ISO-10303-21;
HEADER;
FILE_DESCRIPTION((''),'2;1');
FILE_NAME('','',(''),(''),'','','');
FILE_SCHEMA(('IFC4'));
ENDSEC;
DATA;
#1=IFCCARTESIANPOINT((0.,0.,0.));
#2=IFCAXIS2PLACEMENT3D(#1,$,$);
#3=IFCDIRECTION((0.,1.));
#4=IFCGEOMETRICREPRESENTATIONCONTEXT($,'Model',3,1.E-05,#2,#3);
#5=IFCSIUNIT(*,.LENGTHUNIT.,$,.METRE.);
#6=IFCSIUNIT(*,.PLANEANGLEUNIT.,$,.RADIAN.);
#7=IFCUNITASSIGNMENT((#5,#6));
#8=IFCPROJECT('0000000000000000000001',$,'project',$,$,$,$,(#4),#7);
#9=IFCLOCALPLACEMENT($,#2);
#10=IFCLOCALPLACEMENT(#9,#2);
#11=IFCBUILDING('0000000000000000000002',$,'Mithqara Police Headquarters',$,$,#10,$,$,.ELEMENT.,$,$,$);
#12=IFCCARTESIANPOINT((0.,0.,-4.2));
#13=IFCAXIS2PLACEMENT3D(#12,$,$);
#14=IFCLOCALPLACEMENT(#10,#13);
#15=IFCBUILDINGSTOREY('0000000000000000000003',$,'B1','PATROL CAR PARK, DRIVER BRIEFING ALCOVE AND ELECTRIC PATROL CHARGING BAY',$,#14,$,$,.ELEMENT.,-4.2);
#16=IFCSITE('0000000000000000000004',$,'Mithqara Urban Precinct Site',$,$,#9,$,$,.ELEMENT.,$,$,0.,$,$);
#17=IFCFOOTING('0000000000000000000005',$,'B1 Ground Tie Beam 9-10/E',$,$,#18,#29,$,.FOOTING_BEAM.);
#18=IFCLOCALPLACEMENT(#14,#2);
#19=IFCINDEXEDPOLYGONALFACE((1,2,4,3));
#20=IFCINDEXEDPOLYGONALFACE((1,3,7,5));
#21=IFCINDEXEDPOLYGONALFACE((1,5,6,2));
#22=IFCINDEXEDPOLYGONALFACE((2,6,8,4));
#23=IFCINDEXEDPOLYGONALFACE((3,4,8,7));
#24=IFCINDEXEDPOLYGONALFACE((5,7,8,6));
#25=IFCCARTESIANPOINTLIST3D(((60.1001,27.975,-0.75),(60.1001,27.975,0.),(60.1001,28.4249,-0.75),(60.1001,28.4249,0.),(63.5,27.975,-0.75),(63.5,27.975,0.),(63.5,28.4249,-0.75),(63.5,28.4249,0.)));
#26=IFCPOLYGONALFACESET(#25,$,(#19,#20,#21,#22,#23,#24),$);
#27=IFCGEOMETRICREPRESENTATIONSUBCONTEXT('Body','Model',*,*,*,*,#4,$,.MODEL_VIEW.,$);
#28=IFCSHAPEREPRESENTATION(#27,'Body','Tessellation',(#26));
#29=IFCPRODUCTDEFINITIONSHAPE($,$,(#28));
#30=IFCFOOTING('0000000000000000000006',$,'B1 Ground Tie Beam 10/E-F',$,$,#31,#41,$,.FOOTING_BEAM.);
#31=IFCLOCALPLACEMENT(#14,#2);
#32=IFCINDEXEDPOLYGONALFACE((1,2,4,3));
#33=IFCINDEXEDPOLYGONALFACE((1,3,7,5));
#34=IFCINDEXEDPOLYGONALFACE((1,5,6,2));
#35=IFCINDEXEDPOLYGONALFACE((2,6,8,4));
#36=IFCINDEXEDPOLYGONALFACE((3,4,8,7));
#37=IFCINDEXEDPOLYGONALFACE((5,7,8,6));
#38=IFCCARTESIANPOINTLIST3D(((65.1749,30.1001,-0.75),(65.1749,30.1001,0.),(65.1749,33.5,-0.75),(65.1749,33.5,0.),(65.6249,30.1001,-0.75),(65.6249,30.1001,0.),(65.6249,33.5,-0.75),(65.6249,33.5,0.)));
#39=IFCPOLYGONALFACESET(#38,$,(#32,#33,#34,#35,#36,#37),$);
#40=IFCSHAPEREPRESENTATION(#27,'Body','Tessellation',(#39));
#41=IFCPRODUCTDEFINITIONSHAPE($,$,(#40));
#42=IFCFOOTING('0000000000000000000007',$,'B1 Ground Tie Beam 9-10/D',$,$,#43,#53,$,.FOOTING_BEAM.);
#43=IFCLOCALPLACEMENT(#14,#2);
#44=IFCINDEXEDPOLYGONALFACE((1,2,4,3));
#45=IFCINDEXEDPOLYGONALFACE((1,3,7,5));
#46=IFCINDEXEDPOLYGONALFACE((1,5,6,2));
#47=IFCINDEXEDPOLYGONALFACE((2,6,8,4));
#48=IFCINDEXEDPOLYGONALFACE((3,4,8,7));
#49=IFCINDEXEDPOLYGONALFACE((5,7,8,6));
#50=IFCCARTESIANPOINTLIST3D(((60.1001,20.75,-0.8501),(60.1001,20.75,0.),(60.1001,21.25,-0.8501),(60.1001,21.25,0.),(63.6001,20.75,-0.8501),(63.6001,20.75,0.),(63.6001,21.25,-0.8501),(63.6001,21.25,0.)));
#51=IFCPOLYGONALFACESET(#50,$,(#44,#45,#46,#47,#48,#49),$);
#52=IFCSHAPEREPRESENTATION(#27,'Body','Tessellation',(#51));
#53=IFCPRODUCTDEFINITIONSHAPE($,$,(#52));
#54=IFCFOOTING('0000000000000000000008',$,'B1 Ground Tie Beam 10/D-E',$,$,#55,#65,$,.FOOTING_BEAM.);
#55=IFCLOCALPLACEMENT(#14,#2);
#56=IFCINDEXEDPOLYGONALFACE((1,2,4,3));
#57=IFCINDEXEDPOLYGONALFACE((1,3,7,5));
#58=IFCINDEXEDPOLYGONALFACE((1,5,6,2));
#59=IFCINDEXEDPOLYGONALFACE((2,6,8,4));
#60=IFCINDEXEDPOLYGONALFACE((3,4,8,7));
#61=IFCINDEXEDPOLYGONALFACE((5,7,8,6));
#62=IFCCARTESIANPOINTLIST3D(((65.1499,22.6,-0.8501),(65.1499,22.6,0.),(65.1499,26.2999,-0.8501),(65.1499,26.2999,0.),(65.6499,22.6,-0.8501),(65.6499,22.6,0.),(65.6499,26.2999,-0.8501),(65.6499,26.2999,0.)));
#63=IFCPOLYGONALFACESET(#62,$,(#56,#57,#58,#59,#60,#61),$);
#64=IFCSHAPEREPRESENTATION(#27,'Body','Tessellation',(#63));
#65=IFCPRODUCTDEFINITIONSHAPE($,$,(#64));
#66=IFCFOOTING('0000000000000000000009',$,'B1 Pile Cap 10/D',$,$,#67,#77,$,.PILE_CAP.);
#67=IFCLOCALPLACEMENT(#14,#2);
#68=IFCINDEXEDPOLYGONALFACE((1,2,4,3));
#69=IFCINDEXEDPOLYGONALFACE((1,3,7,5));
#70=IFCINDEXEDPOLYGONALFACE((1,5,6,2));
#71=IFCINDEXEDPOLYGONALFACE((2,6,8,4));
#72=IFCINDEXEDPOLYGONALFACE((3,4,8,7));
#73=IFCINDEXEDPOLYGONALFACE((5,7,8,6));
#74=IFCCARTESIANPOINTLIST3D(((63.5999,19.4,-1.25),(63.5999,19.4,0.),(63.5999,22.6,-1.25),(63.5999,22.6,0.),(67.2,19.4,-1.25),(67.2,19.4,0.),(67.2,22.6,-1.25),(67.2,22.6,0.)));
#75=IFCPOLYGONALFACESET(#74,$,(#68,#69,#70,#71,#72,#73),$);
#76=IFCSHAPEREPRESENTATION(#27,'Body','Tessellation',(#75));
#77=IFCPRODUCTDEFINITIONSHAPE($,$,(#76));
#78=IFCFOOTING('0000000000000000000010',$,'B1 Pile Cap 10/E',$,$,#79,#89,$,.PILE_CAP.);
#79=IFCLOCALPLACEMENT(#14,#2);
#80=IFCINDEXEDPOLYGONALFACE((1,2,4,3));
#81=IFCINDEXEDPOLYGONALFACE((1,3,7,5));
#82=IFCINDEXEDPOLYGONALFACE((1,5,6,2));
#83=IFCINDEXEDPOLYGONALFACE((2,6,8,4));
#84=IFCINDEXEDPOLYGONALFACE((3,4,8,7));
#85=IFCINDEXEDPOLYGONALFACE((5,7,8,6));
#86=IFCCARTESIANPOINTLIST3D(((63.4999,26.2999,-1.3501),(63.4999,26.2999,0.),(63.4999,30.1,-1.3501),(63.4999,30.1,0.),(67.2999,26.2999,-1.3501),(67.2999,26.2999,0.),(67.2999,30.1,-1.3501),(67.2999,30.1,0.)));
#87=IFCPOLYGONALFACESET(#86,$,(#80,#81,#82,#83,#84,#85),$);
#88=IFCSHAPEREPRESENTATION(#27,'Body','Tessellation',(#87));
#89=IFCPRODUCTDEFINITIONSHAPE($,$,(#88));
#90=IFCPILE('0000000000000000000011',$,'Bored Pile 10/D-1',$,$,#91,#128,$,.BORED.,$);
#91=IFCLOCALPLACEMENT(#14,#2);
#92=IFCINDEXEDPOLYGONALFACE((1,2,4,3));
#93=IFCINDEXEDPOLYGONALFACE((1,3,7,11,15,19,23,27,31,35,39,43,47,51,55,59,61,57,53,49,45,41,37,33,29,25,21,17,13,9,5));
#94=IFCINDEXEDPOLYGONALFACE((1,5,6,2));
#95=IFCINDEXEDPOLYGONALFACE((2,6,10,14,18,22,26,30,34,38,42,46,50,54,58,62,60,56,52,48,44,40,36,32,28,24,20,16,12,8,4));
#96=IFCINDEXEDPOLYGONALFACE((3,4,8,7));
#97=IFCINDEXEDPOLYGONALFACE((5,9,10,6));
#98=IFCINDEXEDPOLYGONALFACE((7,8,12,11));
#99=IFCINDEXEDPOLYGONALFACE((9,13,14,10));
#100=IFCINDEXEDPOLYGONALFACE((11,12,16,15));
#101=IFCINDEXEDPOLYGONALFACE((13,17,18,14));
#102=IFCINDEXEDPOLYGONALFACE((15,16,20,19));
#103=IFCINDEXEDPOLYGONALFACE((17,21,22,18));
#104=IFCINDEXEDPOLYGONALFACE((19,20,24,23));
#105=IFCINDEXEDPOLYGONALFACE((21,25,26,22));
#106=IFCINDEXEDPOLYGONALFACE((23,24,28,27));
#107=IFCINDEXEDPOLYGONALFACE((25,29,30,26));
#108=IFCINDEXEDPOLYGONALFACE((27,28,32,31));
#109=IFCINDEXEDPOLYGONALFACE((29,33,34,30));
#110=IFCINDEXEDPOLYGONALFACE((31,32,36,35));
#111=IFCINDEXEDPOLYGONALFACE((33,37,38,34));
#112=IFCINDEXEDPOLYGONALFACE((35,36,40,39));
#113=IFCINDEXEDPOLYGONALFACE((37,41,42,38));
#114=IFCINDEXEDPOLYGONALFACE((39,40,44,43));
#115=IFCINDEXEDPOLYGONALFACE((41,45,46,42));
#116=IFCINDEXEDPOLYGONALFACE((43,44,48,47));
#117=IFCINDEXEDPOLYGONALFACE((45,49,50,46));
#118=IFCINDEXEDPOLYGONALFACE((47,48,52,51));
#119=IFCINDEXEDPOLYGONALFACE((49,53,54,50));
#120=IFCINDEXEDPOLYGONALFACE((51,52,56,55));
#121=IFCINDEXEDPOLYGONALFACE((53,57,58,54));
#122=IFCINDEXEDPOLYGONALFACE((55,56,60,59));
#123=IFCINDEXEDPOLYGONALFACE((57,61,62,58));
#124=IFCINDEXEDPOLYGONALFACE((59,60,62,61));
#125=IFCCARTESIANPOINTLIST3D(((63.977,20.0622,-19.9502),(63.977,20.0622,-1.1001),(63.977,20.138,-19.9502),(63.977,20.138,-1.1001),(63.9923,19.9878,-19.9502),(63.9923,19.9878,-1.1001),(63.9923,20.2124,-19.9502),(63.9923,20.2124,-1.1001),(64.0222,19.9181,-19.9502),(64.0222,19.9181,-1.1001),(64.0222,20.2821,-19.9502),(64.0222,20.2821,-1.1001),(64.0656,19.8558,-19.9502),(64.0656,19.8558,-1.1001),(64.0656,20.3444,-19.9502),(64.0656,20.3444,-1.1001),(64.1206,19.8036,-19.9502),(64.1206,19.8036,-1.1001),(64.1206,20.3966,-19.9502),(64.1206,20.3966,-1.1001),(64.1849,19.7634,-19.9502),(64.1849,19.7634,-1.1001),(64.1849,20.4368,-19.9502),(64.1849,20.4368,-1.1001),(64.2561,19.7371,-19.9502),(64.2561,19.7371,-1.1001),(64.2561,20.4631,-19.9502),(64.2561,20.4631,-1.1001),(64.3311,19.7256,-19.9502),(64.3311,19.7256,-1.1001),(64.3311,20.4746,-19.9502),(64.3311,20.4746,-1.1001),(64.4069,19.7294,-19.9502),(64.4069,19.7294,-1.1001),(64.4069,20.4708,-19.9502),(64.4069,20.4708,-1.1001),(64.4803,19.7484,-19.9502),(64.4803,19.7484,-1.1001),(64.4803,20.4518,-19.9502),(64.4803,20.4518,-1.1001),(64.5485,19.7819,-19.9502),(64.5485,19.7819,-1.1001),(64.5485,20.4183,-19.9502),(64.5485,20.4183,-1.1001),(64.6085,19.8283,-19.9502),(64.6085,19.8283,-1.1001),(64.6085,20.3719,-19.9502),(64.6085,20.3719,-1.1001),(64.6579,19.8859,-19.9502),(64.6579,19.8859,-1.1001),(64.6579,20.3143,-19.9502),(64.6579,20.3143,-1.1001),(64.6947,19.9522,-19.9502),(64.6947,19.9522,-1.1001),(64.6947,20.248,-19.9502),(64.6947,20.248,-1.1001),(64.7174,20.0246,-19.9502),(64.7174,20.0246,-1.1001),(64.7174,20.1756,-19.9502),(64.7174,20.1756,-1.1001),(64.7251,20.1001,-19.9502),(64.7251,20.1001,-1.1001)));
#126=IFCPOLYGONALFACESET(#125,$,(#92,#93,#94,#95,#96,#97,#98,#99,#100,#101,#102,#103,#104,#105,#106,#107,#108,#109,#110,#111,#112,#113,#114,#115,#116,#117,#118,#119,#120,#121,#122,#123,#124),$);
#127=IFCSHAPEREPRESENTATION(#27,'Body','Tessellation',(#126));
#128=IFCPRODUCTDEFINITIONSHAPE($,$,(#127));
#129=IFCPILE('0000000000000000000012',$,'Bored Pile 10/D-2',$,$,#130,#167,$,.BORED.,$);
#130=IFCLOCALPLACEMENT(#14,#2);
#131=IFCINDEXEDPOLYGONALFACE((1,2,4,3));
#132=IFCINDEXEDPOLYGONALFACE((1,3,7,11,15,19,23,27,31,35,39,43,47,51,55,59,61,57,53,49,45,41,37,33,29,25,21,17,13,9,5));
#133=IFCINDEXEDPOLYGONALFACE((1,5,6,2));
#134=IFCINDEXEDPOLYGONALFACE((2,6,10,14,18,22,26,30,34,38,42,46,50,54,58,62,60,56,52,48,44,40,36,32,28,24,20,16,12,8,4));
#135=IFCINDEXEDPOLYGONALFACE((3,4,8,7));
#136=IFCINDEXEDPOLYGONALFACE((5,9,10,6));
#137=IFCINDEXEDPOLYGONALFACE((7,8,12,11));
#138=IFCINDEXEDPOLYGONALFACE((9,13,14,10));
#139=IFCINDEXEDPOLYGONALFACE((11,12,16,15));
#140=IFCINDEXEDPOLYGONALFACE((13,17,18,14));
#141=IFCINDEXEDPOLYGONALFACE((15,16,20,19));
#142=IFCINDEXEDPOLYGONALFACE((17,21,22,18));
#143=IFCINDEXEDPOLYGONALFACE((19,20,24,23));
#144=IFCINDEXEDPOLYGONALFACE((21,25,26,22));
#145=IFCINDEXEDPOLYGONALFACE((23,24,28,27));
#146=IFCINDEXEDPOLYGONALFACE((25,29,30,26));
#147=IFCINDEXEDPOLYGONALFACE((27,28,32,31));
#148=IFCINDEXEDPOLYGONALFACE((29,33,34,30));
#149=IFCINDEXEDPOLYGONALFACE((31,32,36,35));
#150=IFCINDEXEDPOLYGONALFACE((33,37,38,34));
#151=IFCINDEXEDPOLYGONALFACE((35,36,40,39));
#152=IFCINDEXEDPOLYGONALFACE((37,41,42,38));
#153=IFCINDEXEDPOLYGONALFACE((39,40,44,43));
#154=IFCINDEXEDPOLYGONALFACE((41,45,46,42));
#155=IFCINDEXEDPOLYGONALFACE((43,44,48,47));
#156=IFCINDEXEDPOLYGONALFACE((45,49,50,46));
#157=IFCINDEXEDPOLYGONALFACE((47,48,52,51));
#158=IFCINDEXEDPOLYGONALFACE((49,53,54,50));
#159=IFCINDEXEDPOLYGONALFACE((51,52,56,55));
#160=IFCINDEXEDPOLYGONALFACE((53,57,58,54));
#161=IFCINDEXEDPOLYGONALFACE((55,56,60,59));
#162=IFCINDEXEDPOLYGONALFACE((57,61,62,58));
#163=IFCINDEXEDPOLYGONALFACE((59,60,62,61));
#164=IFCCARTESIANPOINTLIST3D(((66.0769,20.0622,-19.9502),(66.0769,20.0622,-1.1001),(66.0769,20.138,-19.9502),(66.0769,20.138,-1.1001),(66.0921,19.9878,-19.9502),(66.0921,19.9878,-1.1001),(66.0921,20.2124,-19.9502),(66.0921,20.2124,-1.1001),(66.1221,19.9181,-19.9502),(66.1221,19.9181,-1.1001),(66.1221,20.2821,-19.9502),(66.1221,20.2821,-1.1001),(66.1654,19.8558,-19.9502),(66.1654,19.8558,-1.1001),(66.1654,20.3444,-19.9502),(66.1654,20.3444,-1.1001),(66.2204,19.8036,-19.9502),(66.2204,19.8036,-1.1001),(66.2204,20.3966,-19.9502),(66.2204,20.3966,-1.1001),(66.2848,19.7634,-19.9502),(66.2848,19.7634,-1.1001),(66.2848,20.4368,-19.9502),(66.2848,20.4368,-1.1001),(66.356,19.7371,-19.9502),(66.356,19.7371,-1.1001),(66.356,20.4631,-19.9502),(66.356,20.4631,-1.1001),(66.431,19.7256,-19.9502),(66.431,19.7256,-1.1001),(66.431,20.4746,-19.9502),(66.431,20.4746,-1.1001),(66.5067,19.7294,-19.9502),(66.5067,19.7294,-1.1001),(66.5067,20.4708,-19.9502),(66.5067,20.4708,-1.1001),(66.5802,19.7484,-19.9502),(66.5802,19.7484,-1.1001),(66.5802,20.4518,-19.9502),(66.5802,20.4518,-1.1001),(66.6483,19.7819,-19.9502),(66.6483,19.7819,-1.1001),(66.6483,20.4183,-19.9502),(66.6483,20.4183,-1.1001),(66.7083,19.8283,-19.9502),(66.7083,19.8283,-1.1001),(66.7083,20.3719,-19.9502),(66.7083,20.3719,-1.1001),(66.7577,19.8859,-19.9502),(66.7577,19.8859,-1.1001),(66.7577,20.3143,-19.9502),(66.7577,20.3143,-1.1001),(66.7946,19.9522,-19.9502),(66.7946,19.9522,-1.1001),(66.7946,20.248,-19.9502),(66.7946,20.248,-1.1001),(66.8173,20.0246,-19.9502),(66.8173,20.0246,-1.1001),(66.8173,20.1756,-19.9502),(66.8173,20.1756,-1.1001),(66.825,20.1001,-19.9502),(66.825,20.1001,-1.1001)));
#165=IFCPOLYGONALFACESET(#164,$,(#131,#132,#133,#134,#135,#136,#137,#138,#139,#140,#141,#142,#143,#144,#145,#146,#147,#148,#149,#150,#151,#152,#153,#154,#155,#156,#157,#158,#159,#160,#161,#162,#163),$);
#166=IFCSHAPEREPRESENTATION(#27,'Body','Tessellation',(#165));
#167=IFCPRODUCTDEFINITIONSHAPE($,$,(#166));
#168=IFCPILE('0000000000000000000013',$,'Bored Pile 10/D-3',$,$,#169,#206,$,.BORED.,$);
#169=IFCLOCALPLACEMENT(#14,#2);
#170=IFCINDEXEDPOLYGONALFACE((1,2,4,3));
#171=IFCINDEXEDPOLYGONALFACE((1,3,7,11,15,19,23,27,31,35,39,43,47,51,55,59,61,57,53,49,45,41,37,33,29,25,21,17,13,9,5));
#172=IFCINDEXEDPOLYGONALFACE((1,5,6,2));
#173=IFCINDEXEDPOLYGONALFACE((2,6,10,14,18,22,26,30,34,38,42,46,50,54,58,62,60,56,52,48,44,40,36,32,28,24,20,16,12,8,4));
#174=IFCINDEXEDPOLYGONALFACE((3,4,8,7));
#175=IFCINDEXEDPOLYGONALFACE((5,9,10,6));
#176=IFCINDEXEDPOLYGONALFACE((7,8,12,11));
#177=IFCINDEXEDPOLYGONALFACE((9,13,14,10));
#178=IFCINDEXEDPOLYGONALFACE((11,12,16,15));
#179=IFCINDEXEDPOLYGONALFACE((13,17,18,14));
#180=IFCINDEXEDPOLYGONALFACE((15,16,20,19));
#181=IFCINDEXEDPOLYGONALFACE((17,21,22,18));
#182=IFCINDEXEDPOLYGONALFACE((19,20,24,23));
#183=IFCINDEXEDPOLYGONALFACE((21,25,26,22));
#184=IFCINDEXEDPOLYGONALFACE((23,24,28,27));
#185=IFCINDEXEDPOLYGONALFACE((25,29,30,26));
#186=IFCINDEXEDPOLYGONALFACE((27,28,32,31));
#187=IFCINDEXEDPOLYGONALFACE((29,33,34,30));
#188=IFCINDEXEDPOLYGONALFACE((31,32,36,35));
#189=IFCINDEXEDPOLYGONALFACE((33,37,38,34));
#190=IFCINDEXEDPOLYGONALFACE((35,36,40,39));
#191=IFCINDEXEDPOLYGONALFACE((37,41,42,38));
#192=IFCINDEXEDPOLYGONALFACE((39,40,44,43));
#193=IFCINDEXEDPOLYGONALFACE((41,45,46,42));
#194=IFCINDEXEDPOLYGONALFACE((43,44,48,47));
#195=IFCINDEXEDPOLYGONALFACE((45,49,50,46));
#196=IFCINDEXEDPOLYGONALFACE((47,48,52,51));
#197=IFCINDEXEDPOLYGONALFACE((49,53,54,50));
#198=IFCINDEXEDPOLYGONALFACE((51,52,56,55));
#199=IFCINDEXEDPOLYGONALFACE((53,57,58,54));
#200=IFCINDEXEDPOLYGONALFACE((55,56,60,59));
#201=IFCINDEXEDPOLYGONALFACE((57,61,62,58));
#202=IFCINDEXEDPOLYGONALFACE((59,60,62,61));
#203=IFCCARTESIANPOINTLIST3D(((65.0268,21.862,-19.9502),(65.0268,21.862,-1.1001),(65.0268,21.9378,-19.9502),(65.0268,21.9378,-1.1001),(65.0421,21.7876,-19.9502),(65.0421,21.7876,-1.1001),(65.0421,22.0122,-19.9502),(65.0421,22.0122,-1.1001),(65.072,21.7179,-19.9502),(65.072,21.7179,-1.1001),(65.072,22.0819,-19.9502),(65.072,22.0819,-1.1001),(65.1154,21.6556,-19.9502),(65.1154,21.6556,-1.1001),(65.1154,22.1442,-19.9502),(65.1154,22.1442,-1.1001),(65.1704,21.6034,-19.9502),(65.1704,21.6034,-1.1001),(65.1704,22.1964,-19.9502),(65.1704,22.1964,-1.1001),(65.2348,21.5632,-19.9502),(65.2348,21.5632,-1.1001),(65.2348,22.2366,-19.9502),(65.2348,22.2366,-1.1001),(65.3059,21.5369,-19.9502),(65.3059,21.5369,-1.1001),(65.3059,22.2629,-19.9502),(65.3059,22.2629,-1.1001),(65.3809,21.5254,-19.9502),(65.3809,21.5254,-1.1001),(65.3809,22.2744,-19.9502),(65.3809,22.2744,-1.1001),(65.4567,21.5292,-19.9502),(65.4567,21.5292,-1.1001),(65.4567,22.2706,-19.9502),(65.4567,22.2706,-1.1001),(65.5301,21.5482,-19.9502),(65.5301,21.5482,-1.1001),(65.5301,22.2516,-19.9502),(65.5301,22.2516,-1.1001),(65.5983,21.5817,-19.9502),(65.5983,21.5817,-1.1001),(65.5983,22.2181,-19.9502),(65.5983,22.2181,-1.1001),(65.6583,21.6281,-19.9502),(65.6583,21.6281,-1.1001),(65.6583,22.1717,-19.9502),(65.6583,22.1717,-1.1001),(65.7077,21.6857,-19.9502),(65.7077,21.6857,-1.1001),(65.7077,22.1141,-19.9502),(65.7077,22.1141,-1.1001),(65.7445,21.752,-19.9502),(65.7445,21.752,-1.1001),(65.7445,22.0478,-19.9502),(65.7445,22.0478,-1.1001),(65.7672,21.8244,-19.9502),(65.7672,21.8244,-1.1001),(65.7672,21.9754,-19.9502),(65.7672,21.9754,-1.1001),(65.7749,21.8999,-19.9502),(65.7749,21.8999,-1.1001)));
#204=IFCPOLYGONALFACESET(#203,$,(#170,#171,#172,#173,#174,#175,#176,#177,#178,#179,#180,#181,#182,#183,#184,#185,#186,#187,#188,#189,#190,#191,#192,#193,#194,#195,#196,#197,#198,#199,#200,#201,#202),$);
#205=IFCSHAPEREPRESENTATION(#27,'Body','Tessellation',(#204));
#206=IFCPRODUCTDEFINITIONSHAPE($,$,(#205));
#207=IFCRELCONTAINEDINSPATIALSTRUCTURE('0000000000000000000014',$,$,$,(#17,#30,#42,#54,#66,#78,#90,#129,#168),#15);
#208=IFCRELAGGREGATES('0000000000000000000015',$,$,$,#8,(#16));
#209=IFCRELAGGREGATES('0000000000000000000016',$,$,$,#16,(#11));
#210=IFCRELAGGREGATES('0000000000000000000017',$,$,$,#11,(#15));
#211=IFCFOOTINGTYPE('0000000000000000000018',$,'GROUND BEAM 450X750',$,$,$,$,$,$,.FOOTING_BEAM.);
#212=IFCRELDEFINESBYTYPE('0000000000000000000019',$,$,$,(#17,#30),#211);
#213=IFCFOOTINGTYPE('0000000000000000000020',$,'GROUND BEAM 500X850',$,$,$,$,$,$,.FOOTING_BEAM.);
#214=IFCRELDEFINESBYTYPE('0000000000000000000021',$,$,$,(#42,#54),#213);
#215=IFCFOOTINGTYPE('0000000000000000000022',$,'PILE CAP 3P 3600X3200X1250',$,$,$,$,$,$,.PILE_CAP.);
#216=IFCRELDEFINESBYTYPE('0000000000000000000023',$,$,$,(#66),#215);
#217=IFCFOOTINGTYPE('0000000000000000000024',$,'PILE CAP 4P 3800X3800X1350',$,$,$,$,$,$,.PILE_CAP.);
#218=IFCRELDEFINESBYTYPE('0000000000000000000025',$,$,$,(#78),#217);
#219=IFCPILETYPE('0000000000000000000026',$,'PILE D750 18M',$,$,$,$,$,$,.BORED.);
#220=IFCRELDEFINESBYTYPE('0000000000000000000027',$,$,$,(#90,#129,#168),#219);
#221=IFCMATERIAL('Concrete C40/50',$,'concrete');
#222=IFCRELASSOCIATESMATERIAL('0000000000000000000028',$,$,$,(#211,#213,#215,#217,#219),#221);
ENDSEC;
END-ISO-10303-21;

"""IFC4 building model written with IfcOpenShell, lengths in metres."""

from ifc_helpers import new_model, si_unit, direction, frame, origin, origin_2d, place, context, subcontext, project, spatial, rectangle, circle, extrude, material, material_profile, profile_set, type_object, element, save


model = new_model("IFC4")

# Units and contexts
model_context = context("Model", 3, precision=1e-05, world=origin(), true_north=direction((0.0, 1.0)))
body_context = subcontext(model_context, "Body", "Model", "MODEL_VIEW")
ifc_project = project(units=[si_unit("LENGTHUNIT", "METRE"), si_unit("PLANEANGLEUNIT", "RADIAN")], contexts=[model_context])

# Site, building, storey
site_placement = place(None, origin())
site = spatial("IfcSite", under=ifc_project, at=site_placement, Name="Mithqara Urban Precinct Site", CompositionType="ELEMENT", RefElevation=0.0)
building_placement = place(site_placement, origin())
building = spatial("IfcBuilding", under=site, at=building_placement, Name="Mithqara Police Headquarters", CompositionType="ELEMENT")
storey_placement = place(building_placement, frame((0.0, 0.0, -4.2)))
storey = spatial("IfcBuildingStorey", under=building, at=storey_placement, Name="B1", Description="PATROL CAR PARK, DRIVER BRIEFING ALCOVE AND ELECTRIC PATROL CHARGING BAY", CompositionType="ELEMENT", Elevation=-4.2)

# Footings
ifc_material_1 = material(Name="Concrete C40/50", Category="concrete")
footing_type_1 = type_object("IfcFootingType", Name="GROUND BEAM 450X750", PredefinedType="FOOTING_BEAM", material=ifc_material_1)
footing_1_placement = place(storey_placement, frame((61.8, 28.2, -0.75), z_axis=(0.0, 0.0, 1.0), x_axis=(1.0, 0.0, 0.0)))
element("IfcFooting", 1, at=footing_1_placement, inside=storey, type_object=footing_type_1, Name="B1 Ground Tie Beam 9-10/E", PredefinedType="FOOTING_BEAM", context=body_context, shape_type="SweptSolid", body=[
    extrude(rectangle(XDim=3.3999, YDim=0.45, at=origin_2d()), origin(), (0.0, 0.0, 1.0), 0.75),
])
footing_2_placement = place(storey_placement, frame((65.3999, 31.8, -0.75), z_axis=(0.0, 0.0, 1.0), x_axis=(1.0, 0.0, 0.0)))
element("IfcFooting", 2, at=footing_2_placement, inside=storey, type_object=footing_type_1, Name="B1 Ground Tie Beam 10/E-F", PredefinedType="FOOTING_BEAM", context=body_context, shape_type="SweptSolid", body=[
    extrude(rectangle(XDim=0.45, YDim=3.3999, at=origin_2d()), origin(), (0.0, 0.0, 1.0), 0.75),
])
footing_type_2 = type_object("IfcFootingType", Name="GROUND BEAM 500X850", PredefinedType="FOOTING_BEAM", material=ifc_material_1)
footing_3_placement = place(storey_placement, frame((61.8501, 21.0, -0.8501), z_axis=(0.0, 0.0, 1.0), x_axis=(1.0, 0.0, 0.0)))
element("IfcFooting", 3, at=footing_3_placement, inside=storey, type_object=footing_type_2, Name="B1 Ground Tie Beam 9-10/D", PredefinedType="FOOTING_BEAM", context=body_context, shape_type="SweptSolid", body=[
    extrude(rectangle(XDim=3.5, YDim=0.5, at=origin_2d()), origin(), (0.0, 0.0, 1.0), 0.8501),
])
footing_4_placement = place(storey_placement, frame((65.3999, 24.45, -0.8501), z_axis=(0.0, 0.0, 1.0), x_axis=(1.0, 0.0, 0.0)))
element("IfcFooting", 4, at=footing_4_placement, inside=storey, type_object=footing_type_2, Name="B1 Ground Tie Beam 10/D-E", PredefinedType="FOOTING_BEAM", context=body_context, shape_type="SweptSolid", body=[
    extrude(rectangle(XDim=0.5, YDim=3.7, at=origin_2d()), origin(), (0.0, 0.0, 1.0), 0.8501),
])
footing_type_3 = type_object("IfcFootingType", Name="PILE CAP 3P 3600X3200X1250", PredefinedType="PILE_CAP", material=ifc_material_1)
footing_5_placement = place(storey_placement, frame((65.3999, 21.0, -1.25), z_axis=(0.0, 0.0, 1.0), x_axis=(1.0, 0.0, 0.0)))
element("IfcFooting", 5, at=footing_5_placement, inside=storey, type_object=footing_type_3, Name="B1 Pile Cap 10/D", PredefinedType="PILE_CAP", context=body_context, shape_type="SweptSolid", body=[
    extrude(rectangle(XDim=3.6001, YDim=3.2, at=origin_2d()), origin(), (0.0, 0.0, 1.0), 1.25),
])
footing_type_4 = type_object("IfcFootingType", Name="PILE CAP 4P 3800X3800X1350", PredefinedType="PILE_CAP", material=ifc_material_1)
footing_6_placement = place(storey_placement, frame((65.3999, 28.2, -1.3501), z_axis=(0.0, 0.0, 1.0), x_axis=(1.0, 0.0, 0.0)))
element("IfcFooting", 6, at=footing_6_placement, inside=storey, type_object=footing_type_4, Name="B1 Pile Cap 10/E", PredefinedType="PILE_CAP", context=body_context, shape_type="SweptSolid", body=[
    extrude(rectangle(XDim=3.8, YDim=3.8, at=origin_2d()), origin(), (0.0, 0.0, 1.0), 1.3501),
])

# Piles
ifc_material_profile_1 = material_profile(ifc_material_1, circle(Radius=0.375, at=origin_2d()), Name="PILE D750")
ifc_profile_set_1 = profile_set([ifc_material_profile_1], Name="Concrete C40/50")
pile_type_1 = type_object("IfcPileType", Name="PILE D750 18M", PredefinedType="BORED", material=ifc_profile_set_1)
for number, where, z_axis, x_axis, name in (
    (7, (64.3501, 20.1001, -1.1001), (0.0, 0.0, -1.0), (1.0, 0.0, 0.0), "Bored Pile 10/D-1"),
    (8, (66.45, 20.1001, -1.1001), (0.0, 0.0, -1.0), (1.0, 0.0, 0.0), "Bored Pile 10/D-2"),
    (9, (65.3999, 21.8999, -1.1001), (0.0, 0.0, -1.0), (1.0, 0.0, 0.0), "Bored Pile 10/D-3"),
):
    element("IfcPile", number, at=place(storey_placement, frame(where, z_axis=z_axis, x_axis=x_axis)), inside=storey, type_object=pile_type_1, Name=name, PredefinedType="BORED", context=body_context, shape_type="SweptSolid", body=[
        extrude(circle(Radius=0.375, at=origin_2d()), origin(), (0.0, 0.0, 1.0), 18.8501),
    ])

save(model, "model.ifc")
